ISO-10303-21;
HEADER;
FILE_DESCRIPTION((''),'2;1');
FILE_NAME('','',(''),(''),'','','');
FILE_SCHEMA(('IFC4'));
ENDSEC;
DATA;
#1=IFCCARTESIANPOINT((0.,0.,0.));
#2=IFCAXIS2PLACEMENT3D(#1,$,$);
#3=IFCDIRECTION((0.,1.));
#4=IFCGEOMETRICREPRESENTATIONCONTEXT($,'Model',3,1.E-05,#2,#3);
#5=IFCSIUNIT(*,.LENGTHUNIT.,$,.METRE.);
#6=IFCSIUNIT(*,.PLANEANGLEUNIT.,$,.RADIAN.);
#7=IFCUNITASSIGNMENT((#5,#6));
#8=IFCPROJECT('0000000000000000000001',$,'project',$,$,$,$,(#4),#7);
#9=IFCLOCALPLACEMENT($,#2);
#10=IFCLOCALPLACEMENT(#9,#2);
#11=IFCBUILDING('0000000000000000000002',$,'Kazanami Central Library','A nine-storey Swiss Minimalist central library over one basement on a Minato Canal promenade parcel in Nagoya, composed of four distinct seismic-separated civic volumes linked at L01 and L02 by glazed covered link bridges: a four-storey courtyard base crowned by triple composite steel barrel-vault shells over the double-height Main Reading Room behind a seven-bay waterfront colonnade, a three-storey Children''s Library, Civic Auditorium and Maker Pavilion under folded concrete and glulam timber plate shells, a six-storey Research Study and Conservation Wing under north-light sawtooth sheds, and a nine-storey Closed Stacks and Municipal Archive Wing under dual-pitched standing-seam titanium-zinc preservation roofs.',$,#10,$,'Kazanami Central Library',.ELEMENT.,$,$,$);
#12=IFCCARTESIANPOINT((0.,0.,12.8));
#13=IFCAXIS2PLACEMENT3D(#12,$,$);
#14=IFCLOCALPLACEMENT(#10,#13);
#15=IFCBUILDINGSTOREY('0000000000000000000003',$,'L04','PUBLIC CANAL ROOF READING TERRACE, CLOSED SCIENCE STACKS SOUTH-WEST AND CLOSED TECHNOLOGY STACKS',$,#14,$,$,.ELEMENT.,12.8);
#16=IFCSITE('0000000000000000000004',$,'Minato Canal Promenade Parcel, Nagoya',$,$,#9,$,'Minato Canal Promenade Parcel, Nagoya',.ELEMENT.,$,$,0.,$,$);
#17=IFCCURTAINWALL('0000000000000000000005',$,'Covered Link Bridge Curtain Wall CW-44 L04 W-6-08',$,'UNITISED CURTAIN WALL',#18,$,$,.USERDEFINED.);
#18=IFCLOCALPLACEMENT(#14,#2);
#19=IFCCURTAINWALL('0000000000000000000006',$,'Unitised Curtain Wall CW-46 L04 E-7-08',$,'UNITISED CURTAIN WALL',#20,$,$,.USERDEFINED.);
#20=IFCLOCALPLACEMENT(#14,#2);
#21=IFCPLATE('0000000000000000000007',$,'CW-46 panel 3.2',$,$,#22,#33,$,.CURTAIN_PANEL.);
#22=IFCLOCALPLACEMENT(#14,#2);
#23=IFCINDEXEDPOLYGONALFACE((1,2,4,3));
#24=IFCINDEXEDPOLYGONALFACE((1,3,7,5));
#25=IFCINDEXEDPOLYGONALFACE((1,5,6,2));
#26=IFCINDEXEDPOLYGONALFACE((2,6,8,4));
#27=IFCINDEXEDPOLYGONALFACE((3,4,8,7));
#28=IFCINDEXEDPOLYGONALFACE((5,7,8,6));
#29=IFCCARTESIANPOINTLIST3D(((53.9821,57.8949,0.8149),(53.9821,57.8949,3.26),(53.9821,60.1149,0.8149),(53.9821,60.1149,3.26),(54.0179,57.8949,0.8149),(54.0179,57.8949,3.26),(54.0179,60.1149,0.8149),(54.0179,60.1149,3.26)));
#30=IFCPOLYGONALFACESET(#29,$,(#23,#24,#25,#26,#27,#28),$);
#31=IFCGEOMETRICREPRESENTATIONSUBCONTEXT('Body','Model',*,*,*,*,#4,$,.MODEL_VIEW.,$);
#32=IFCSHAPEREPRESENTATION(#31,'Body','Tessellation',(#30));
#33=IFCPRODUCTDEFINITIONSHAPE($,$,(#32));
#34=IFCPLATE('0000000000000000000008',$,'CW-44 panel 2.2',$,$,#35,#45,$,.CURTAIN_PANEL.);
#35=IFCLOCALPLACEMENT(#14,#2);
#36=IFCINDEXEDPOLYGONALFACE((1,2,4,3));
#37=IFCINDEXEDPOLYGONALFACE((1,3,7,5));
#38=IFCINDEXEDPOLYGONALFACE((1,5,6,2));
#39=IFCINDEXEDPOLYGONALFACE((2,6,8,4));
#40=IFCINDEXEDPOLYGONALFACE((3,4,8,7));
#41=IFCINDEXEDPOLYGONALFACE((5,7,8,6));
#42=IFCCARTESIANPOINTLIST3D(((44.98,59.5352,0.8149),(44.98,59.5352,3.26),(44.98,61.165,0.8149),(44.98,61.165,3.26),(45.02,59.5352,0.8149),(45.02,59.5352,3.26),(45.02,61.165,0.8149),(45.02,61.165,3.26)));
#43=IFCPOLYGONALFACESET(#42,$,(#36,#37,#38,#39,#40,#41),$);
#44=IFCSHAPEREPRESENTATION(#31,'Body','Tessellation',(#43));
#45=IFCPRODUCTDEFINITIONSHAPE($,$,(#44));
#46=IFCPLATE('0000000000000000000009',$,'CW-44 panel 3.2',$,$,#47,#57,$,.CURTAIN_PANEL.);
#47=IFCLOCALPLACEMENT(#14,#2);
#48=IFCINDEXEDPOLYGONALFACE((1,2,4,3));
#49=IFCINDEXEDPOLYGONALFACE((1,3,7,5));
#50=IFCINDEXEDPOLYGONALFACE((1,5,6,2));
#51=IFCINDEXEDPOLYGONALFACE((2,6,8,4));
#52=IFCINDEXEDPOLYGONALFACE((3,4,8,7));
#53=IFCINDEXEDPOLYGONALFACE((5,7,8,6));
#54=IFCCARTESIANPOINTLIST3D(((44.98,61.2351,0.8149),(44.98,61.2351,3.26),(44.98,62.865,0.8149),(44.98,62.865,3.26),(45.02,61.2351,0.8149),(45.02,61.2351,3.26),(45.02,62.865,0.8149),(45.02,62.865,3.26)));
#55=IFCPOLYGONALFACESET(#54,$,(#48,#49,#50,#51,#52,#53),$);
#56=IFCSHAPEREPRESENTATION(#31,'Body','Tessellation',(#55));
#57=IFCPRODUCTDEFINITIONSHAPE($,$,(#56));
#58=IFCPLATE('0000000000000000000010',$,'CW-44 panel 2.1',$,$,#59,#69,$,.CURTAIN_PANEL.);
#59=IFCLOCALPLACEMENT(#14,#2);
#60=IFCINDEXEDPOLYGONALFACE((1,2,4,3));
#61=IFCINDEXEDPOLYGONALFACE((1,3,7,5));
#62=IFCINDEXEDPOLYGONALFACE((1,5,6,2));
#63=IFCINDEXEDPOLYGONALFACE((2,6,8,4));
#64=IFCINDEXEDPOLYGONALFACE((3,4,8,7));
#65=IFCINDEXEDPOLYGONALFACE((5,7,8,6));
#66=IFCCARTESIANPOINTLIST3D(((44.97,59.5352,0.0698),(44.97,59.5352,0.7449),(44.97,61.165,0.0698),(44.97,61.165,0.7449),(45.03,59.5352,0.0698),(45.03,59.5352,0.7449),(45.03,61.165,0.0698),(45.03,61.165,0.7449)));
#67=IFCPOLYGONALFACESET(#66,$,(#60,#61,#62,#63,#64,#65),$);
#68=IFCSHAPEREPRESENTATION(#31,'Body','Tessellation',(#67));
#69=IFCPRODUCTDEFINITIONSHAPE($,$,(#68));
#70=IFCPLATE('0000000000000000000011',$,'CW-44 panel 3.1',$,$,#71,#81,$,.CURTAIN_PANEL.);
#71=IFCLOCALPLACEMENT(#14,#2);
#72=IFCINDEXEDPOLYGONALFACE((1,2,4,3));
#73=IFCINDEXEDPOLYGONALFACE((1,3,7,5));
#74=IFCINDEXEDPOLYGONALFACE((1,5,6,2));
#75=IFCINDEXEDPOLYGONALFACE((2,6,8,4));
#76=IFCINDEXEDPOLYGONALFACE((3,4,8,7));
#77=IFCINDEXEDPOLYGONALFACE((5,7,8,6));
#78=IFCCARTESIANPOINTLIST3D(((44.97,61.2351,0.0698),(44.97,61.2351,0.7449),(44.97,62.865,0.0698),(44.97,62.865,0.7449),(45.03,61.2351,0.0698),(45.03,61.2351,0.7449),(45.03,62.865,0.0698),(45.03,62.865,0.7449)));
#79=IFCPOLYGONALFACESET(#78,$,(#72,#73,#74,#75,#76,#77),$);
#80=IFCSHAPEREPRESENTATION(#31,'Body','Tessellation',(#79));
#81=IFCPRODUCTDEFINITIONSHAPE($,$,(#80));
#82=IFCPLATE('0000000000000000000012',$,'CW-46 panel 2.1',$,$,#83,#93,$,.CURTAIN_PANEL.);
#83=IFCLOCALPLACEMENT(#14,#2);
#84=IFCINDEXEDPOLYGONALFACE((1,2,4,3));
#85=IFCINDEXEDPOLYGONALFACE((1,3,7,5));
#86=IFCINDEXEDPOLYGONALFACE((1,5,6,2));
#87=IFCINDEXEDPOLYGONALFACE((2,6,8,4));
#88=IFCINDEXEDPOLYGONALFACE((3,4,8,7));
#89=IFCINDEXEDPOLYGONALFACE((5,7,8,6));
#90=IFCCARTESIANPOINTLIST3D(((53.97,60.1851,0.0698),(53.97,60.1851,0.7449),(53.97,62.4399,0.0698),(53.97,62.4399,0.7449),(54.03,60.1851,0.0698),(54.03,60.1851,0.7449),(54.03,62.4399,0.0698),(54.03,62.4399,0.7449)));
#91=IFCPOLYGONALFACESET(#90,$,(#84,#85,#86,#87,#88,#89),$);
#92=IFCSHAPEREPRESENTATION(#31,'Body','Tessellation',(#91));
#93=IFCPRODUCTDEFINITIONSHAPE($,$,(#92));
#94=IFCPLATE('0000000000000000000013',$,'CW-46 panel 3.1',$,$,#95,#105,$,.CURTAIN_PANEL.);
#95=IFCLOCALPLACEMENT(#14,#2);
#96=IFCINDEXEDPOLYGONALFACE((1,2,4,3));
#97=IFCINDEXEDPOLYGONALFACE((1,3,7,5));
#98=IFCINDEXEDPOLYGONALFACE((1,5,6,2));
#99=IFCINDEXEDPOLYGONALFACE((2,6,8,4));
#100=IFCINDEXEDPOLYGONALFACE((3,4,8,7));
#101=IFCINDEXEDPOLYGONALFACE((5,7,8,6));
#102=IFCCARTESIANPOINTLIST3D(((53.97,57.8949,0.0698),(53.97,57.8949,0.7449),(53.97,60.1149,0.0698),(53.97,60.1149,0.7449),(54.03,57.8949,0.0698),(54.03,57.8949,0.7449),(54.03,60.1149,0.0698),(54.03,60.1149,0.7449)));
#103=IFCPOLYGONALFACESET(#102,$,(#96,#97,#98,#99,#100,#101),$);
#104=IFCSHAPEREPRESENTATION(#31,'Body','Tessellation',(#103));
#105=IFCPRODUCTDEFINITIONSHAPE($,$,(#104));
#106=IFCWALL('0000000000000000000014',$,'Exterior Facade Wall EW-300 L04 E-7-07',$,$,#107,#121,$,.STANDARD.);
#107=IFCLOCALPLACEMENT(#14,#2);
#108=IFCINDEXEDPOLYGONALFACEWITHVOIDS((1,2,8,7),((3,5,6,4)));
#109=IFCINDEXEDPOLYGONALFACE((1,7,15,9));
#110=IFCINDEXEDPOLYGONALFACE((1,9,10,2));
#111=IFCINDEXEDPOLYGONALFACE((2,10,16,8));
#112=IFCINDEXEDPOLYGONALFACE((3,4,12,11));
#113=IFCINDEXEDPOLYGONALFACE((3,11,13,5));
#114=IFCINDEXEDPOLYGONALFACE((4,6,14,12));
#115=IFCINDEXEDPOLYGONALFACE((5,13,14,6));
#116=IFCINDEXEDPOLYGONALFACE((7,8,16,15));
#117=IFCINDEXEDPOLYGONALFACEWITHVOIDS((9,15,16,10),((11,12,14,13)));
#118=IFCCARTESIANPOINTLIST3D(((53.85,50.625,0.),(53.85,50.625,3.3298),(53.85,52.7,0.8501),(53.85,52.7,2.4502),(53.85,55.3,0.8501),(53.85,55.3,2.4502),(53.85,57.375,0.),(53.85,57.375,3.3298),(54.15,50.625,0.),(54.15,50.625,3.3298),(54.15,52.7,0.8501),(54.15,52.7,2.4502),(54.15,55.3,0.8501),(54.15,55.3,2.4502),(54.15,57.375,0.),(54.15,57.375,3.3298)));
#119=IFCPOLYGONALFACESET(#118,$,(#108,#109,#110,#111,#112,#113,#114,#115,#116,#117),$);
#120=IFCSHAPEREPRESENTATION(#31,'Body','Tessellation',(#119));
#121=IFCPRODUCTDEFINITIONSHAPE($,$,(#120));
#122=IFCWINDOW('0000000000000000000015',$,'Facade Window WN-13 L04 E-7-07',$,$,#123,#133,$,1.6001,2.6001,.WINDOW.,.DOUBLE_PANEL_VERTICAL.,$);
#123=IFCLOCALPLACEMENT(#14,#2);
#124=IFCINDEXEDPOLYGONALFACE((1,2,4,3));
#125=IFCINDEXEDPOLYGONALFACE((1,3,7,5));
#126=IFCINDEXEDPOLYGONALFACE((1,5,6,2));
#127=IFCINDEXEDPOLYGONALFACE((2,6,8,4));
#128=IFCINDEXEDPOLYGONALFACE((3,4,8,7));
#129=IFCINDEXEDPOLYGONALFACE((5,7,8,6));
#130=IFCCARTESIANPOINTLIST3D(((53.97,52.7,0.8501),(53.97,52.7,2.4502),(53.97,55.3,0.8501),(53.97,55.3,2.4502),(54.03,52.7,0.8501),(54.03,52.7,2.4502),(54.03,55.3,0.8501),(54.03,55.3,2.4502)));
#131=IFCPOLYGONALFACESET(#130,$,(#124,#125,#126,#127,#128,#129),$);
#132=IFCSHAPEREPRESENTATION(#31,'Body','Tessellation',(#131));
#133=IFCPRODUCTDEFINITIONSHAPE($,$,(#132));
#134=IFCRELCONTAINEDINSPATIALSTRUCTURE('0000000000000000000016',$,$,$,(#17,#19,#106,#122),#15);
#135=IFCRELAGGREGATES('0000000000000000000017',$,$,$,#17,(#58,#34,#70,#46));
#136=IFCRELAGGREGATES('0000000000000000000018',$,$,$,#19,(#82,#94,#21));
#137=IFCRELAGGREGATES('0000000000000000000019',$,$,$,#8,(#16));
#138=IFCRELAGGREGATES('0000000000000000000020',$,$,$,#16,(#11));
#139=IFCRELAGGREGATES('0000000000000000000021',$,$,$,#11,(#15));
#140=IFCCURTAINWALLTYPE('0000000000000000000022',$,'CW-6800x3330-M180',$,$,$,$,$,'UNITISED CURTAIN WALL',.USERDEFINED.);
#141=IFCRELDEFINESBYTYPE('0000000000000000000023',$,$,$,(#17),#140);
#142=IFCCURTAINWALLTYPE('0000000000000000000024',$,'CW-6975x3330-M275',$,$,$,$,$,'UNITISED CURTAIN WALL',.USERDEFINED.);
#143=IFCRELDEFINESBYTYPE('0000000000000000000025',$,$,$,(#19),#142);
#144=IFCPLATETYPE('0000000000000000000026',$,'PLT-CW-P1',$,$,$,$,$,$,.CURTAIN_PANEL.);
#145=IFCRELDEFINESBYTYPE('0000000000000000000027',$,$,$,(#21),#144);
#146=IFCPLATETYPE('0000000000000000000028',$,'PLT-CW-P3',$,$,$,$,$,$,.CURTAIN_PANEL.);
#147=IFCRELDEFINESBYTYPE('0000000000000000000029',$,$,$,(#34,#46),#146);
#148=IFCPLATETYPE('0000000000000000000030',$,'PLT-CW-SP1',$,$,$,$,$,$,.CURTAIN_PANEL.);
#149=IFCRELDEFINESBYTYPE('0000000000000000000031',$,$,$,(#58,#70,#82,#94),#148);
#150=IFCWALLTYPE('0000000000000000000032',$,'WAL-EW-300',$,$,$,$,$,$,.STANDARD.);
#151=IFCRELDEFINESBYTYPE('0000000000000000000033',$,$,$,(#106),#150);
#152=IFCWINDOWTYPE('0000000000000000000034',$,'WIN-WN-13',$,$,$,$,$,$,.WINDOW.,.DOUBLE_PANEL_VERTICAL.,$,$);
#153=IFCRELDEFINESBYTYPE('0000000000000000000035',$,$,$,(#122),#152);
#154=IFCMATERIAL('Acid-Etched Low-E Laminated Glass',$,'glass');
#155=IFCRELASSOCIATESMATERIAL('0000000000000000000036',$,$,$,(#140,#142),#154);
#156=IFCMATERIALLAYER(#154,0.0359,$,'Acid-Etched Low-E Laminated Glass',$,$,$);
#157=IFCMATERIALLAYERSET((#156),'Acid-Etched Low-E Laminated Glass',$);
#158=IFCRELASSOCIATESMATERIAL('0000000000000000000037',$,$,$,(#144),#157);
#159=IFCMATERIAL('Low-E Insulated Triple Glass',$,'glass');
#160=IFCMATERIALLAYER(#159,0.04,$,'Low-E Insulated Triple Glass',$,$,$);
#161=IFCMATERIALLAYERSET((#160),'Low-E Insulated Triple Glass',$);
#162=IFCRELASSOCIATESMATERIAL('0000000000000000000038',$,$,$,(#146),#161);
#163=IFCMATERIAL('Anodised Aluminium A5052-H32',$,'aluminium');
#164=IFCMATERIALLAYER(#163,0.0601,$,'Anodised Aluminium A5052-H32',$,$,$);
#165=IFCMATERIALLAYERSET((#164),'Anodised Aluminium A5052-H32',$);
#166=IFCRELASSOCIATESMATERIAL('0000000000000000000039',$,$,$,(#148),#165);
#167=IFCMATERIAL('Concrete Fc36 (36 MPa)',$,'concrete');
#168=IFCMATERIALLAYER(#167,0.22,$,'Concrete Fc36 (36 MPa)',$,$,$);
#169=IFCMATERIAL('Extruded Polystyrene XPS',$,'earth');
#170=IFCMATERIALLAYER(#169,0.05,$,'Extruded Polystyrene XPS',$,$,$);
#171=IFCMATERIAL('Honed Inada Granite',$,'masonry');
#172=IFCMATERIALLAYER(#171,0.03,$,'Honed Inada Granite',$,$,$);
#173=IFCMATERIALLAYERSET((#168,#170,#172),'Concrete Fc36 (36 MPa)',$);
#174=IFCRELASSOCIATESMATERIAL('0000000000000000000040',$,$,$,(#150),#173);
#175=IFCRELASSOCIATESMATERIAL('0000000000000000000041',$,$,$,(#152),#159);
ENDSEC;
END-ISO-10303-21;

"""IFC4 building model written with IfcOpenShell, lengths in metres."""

from ifc_helpers import new_model, si_unit, direction, frame, frame_2d, origin, origin_2d, place, context, subcontext, project, spatial, rectangle, extrude, material, layer, layer_set, type_object, element, fill, aggregate, save


model = new_model("IFC4")

# Units and contexts
model_context = context("Model", 3, precision=1e-05, world=origin(), true_north=direction((0.0, 1.0)))
body_context = subcontext(model_context, "Body", "Model", "MODEL_VIEW")
ifc_project = project(units=[si_unit("LENGTHUNIT", "METRE"), si_unit("PLANEANGLEUNIT", "RADIAN")], contexts=[model_context])

# Site, building, storey
site_placement = place(None, origin())
site = spatial("IfcSite", under=ifc_project, at=site_placement, Name="Minato Canal Promenade Parcel, Nagoya", LongName="Minato Canal Promenade Parcel, Nagoya", CompositionType="ELEMENT", RefElevation=0.0)
building_placement = place(site_placement, origin())
building = spatial("IfcBuilding", under=site, at=building_placement, Name="Kazanami Central Library", Description="A nine-storey Swiss Minimalist central library over one basement on a Minato Canal promenade parcel in Nagoya, composed of four distinct seismic-separated civic volumes linked at L01 and L02 by glazed covered link bridges: a four-storey courtyard base crowned by triple composite steel barrel-vault shells over the double-height Main Reading Room behind a seven-bay waterfront colonnade, a three-storey Children's Library, Civic Auditorium and Maker Pavilion under folded concrete and glulam timber plate shells, a six-storey Research Study and Conservation Wing under north-light sawtooth sheds, and a nine-storey Closed Stacks and Municipal Archive Wing under dual-pitched standing-seam titanium-zinc preservation roofs.", LongName="Kazanami Central Library", CompositionType="ELEMENT")
storey_placement = place(building_placement, frame((0.0, 0.0, 12.8)))
storey = spatial("IfcBuildingStorey", under=building, at=storey_placement, Name="L04", Description="PUBLIC CANAL ROOF READING TERRACE, CLOSED SCIENCE STACKS SOUTH-WEST AND CLOSED TECHNOLOGY STACKS", CompositionType="ELEMENT", Elevation=12.8)

# Curtain wall
ifc_material_1 = material(Name="Acid-Etched Low-E Laminated Glass", Category="glass")
curtain_wall_type_1 = type_object("IfcCurtainWallType", Name="CW-6800x3330-M180", ElementType="UNITISED CURTAIN WALL", PredefinedType="USERDEFINED", material=ifc_material_1)
curtain_wall_1_placement = place(storey_placement, origin())
curtain_wall_1 = element("IfcCurtainWall", 1, at=curtain_wall_1_placement, inside=storey, type_object=curtain_wall_type_1, Name="Covered Link Bridge Curtain Wall CW-44 L04 W-6-08", ObjectType="UNITISED CURTAIN WALL", PredefinedType="USERDEFINED")

# Curtain wall
curtain_wall_type_2 = type_object("IfcCurtainWallType", Name="CW-6975x3330-M275", ElementType="UNITISED CURTAIN WALL", PredefinedType="USERDEFINED", material=ifc_material_1)
curtain_wall_2_placement = place(storey_placement, origin())
curtain_wall_2 = element("IfcCurtainWall", 2, at=curtain_wall_2_placement, inside=storey, type_object=curtain_wall_type_2, Name="Unitised Curtain Wall CW-46 L04 E-7-08", ObjectType="UNITISED CURTAIN WALL", PredefinedType="USERDEFINED")

# Plates
ifc_layer_1 = layer(ifc_material_1, 0.0359, Name="Acid-Etched Low-E Laminated Glass")
ifc_layer_set_1 = layer_set([ifc_layer_1], Name="Acid-Etched Low-E Laminated Glass")
plate_type_1 = type_object("IfcPlateType", Name="PLT-CW-P1", PredefinedType="CURTAIN_PANEL", material=ifc_layer_set_1)
plate_1_placement = place(storey_placement, frame((54.0, 59.0049, 0.8149), z_axis=(0.0, 0.0, 1.0), x_axis=(0.0, -1.0, 0.0)))
plate_1 = element("IfcPlate", 3, at=plate_1_placement, type_object=plate_type_1, Name="CW-46 panel 3.2", PredefinedType="CURTAIN_PANEL", context=body_context, shape_type="SweptSolid", body=[
    extrude(rectangle(XDim=2.22, YDim=0.0359, at=origin_2d()), origin(), (0.0, 0.0, 1.0), 2.4451),
])
ifc_material_2 = material(Name="Low-E Insulated Triple Glass", Category="glass")
ifc_layer_2 = layer(ifc_material_2, 0.04, Name="Low-E Insulated Triple Glass")
ifc_layer_set_2 = layer_set([ifc_layer_2], Name="Low-E Insulated Triple Glass")
plate_type_2 = type_object("IfcPlateType", Name="PLT-CW-P3", PredefinedType="CURTAIN_PANEL", material=ifc_layer_set_2)
plate_2_placement = place(storey_placement, frame((45.0, 60.3501, 0.8149), z_axis=(0.0, 0.0, 1.0), x_axis=(0.0, 1.0, 0.0)))
plate_2 = element("IfcPlate", 4, at=plate_2_placement, type_object=plate_type_2, Name="CW-44 panel 2.2", PredefinedType="CURTAIN_PANEL", context=body_context, shape_type="SweptSolid", body=[
    extrude(rectangle(XDim=1.6299, YDim=0.04, at=origin_2d()), origin(), (0.0, 0.0, 1.0), 2.4451),
])
plate_3_placement = place(storey_placement, frame((45.0, 62.05, 0.8149), z_axis=(0.0, 0.0, 1.0), x_axis=(0.0, 1.0, 0.0)))
plate_3 = element("IfcPlate", 5, at=plate_3_placement, type_object=plate_type_2, Name="CW-44 panel 3.2", PredefinedType="CURTAIN_PANEL", context=body_context, shape_type="SweptSolid", body=[
    extrude(rectangle(XDim=1.6299, YDim=0.04, at=origin_2d()), origin(), (0.0, 0.0, 1.0), 2.4451),
])
ifc_material_3 = material(Name="Anodised Aluminium A5052-H32", Category="aluminium")
ifc_layer_3 = layer(ifc_material_3, 0.0601, Name="Anodised Aluminium A5052-H32")
ifc_layer_set_3 = layer_set([ifc_layer_3], Name="Anodised Aluminium A5052-H32")
plate_type_3 = type_object("IfcPlateType", Name="PLT-CW-SP1", PredefinedType="CURTAIN_PANEL", material=ifc_layer_set_3)
plate_4_placement = place(storey_placement, frame((45.0, 60.3501, 0.0698), z_axis=(0.0, 0.0, 1.0), x_axis=(0.0, 1.0, 0.0)))
plate_4 = element("IfcPlate", 6, at=plate_4_placement, type_object=plate_type_3, Name="CW-44 panel 2.1", PredefinedType="CURTAIN_PANEL", context=body_context, shape_type="SweptSolid", body=[
    extrude(rectangle(XDim=1.6299, YDim=0.0601, at=origin_2d()), origin(), (0.0, 0.0, 1.0), 0.675),
])
plate_5_placement = place(storey_placement, frame((45.0, 62.05, 0.0698), z_axis=(0.0, 0.0, 1.0), x_axis=(0.0, 1.0, 0.0)))
plate_5 = element("IfcPlate", 7, at=plate_5_placement, type_object=plate_type_3, Name="CW-44 panel 3.1", PredefinedType="CURTAIN_PANEL", context=body_context, shape_type="SweptSolid", body=[
    extrude(rectangle(XDim=1.6299, YDim=0.0601, at=origin_2d()), origin(), (0.0, 0.0, 1.0), 0.675),
])
aggregate(curtain_wall_1, [plate_4, plate_2, plate_5, plate_3])
plate_6_placement = place(storey_placement, frame((54.0, 61.3125, 0.0698), z_axis=(0.0, 0.0, 1.0), x_axis=(0.0, -1.0, 0.0)))
plate_6 = element("IfcPlate", 8, at=plate_6_placement, type_object=plate_type_3, Name="CW-46 panel 2.1", PredefinedType="CURTAIN_PANEL", context=body_context, shape_type="SweptSolid", body=[
    extrude(rectangle(XDim=2.2549, YDim=0.0601, at=origin_2d()), origin(), (0.0, 0.0, 1.0), 0.675),
])
plate_7_placement = place(storey_placement, frame((54.0, 59.0049, 0.0698), z_axis=(0.0, 0.0, 1.0), x_axis=(0.0, -1.0, 0.0)))
plate_7 = element("IfcPlate", 9, at=plate_7_placement, type_object=plate_type_3, Name="CW-46 panel 3.1", PredefinedType="CURTAIN_PANEL", context=body_context, shape_type="SweptSolid", body=[
    extrude(rectangle(XDim=2.22, YDim=0.0601, at=origin_2d()), origin(), (0.0, 0.0, 1.0), 0.675),
])
aggregate(curtain_wall_2, [plate_6, plate_7, plate_1])

# Wall, opening, window
ifc_material_4 = material(Name="Concrete Fc36 (36 MPa)", Category="concrete")
ifc_layer_4 = layer(ifc_material_4, 0.22, Name="Concrete Fc36 (36 MPa)")
ifc_material_5 = material(Name="Extruded Polystyrene XPS", Category="earth")
ifc_layer_5 = layer(ifc_material_5, 0.05, Name="Extruded Polystyrene XPS")
ifc_material_6 = material(Name="Honed Inada Granite", Category="masonry")
ifc_layer_6 = layer(ifc_material_6, 0.03, Name="Honed Inada Granite")
ifc_layer_set_4 = layer_set([ifc_layer_4, ifc_layer_5, ifc_layer_6], Name="Concrete Fc36 (36 MPa)")
wall_type = type_object("IfcWallType", Name="WAL-EW-300", PredefinedType="STANDARD", material=ifc_layer_set_4)
wall_placement = place(storey_placement, frame((54.0, 57.375, 0.0), z_axis=(0.0, 0.0, 1.0), x_axis=(0.0, -1.0, 0.0)))
wall = element("IfcWall", 10, at=wall_placement, inside=storey, type_object=wall_type, Name="Exterior Facade Wall EW-300 L04 E-7-07", PredefinedType="STANDARD", context=body_context, shape_type="SweptSolid", body=[
    extrude(rectangle(XDim=6.75, YDim=0.3, at=frame_2d((3.375, 0.0))), origin(), (0.0, 0.0, 1.0), 3.3298),
])
opening_placement = place(wall_placement, frame((2.075, 0.0, 0.8501)))
opening = element("IfcOpeningElement", 11, at=opening_placement, cuts=wall, PredefinedType="OPENING", context=body_context, shape_type="SweptSolid", body=[
    extrude(rectangle(XDim=2.6001, YDim=1.6001, at=frame_2d((1.3, 0.8))), frame((0.0, 0.1621, 0.0), z_axis=(0.0, -1.0, 0.0), x_axis=(1.0, 0.0, 0.0)), (0.0, 0.0, 1.0), 0.324),
])
window_type = type_object("IfcWindowType", Name="WIN-WN-13", PartitioningType="DOUBLE_PANEL_VERTICAL", PredefinedType="WINDOW", material=ifc_material_2)
window_placement = place(opening_placement, origin())
window = element("IfcWindow", 12, at=window_placement, inside=storey, type_object=window_type, Name="Facade Window WN-13 L04 E-7-07", OverallHeight=1.6001, OverallWidth=2.6001, PartitioningType="DOUBLE_PANEL_VERTICAL", PredefinedType="WINDOW", context=body_context, shape_type="SweptSolid", body=[
    extrude(rectangle(XDim=2.6001, YDim=1.6001, at=frame_2d((1.3, 0.8))), frame((0.0, 0.03, 0.0), z_axis=(0.0, -1.0, 0.0), x_axis=(1.0, 0.0, 0.0)), (0.0, 0.0, 1.0), 0.0601),
])
fill(opening, window)

save(model, "model.ifc")
